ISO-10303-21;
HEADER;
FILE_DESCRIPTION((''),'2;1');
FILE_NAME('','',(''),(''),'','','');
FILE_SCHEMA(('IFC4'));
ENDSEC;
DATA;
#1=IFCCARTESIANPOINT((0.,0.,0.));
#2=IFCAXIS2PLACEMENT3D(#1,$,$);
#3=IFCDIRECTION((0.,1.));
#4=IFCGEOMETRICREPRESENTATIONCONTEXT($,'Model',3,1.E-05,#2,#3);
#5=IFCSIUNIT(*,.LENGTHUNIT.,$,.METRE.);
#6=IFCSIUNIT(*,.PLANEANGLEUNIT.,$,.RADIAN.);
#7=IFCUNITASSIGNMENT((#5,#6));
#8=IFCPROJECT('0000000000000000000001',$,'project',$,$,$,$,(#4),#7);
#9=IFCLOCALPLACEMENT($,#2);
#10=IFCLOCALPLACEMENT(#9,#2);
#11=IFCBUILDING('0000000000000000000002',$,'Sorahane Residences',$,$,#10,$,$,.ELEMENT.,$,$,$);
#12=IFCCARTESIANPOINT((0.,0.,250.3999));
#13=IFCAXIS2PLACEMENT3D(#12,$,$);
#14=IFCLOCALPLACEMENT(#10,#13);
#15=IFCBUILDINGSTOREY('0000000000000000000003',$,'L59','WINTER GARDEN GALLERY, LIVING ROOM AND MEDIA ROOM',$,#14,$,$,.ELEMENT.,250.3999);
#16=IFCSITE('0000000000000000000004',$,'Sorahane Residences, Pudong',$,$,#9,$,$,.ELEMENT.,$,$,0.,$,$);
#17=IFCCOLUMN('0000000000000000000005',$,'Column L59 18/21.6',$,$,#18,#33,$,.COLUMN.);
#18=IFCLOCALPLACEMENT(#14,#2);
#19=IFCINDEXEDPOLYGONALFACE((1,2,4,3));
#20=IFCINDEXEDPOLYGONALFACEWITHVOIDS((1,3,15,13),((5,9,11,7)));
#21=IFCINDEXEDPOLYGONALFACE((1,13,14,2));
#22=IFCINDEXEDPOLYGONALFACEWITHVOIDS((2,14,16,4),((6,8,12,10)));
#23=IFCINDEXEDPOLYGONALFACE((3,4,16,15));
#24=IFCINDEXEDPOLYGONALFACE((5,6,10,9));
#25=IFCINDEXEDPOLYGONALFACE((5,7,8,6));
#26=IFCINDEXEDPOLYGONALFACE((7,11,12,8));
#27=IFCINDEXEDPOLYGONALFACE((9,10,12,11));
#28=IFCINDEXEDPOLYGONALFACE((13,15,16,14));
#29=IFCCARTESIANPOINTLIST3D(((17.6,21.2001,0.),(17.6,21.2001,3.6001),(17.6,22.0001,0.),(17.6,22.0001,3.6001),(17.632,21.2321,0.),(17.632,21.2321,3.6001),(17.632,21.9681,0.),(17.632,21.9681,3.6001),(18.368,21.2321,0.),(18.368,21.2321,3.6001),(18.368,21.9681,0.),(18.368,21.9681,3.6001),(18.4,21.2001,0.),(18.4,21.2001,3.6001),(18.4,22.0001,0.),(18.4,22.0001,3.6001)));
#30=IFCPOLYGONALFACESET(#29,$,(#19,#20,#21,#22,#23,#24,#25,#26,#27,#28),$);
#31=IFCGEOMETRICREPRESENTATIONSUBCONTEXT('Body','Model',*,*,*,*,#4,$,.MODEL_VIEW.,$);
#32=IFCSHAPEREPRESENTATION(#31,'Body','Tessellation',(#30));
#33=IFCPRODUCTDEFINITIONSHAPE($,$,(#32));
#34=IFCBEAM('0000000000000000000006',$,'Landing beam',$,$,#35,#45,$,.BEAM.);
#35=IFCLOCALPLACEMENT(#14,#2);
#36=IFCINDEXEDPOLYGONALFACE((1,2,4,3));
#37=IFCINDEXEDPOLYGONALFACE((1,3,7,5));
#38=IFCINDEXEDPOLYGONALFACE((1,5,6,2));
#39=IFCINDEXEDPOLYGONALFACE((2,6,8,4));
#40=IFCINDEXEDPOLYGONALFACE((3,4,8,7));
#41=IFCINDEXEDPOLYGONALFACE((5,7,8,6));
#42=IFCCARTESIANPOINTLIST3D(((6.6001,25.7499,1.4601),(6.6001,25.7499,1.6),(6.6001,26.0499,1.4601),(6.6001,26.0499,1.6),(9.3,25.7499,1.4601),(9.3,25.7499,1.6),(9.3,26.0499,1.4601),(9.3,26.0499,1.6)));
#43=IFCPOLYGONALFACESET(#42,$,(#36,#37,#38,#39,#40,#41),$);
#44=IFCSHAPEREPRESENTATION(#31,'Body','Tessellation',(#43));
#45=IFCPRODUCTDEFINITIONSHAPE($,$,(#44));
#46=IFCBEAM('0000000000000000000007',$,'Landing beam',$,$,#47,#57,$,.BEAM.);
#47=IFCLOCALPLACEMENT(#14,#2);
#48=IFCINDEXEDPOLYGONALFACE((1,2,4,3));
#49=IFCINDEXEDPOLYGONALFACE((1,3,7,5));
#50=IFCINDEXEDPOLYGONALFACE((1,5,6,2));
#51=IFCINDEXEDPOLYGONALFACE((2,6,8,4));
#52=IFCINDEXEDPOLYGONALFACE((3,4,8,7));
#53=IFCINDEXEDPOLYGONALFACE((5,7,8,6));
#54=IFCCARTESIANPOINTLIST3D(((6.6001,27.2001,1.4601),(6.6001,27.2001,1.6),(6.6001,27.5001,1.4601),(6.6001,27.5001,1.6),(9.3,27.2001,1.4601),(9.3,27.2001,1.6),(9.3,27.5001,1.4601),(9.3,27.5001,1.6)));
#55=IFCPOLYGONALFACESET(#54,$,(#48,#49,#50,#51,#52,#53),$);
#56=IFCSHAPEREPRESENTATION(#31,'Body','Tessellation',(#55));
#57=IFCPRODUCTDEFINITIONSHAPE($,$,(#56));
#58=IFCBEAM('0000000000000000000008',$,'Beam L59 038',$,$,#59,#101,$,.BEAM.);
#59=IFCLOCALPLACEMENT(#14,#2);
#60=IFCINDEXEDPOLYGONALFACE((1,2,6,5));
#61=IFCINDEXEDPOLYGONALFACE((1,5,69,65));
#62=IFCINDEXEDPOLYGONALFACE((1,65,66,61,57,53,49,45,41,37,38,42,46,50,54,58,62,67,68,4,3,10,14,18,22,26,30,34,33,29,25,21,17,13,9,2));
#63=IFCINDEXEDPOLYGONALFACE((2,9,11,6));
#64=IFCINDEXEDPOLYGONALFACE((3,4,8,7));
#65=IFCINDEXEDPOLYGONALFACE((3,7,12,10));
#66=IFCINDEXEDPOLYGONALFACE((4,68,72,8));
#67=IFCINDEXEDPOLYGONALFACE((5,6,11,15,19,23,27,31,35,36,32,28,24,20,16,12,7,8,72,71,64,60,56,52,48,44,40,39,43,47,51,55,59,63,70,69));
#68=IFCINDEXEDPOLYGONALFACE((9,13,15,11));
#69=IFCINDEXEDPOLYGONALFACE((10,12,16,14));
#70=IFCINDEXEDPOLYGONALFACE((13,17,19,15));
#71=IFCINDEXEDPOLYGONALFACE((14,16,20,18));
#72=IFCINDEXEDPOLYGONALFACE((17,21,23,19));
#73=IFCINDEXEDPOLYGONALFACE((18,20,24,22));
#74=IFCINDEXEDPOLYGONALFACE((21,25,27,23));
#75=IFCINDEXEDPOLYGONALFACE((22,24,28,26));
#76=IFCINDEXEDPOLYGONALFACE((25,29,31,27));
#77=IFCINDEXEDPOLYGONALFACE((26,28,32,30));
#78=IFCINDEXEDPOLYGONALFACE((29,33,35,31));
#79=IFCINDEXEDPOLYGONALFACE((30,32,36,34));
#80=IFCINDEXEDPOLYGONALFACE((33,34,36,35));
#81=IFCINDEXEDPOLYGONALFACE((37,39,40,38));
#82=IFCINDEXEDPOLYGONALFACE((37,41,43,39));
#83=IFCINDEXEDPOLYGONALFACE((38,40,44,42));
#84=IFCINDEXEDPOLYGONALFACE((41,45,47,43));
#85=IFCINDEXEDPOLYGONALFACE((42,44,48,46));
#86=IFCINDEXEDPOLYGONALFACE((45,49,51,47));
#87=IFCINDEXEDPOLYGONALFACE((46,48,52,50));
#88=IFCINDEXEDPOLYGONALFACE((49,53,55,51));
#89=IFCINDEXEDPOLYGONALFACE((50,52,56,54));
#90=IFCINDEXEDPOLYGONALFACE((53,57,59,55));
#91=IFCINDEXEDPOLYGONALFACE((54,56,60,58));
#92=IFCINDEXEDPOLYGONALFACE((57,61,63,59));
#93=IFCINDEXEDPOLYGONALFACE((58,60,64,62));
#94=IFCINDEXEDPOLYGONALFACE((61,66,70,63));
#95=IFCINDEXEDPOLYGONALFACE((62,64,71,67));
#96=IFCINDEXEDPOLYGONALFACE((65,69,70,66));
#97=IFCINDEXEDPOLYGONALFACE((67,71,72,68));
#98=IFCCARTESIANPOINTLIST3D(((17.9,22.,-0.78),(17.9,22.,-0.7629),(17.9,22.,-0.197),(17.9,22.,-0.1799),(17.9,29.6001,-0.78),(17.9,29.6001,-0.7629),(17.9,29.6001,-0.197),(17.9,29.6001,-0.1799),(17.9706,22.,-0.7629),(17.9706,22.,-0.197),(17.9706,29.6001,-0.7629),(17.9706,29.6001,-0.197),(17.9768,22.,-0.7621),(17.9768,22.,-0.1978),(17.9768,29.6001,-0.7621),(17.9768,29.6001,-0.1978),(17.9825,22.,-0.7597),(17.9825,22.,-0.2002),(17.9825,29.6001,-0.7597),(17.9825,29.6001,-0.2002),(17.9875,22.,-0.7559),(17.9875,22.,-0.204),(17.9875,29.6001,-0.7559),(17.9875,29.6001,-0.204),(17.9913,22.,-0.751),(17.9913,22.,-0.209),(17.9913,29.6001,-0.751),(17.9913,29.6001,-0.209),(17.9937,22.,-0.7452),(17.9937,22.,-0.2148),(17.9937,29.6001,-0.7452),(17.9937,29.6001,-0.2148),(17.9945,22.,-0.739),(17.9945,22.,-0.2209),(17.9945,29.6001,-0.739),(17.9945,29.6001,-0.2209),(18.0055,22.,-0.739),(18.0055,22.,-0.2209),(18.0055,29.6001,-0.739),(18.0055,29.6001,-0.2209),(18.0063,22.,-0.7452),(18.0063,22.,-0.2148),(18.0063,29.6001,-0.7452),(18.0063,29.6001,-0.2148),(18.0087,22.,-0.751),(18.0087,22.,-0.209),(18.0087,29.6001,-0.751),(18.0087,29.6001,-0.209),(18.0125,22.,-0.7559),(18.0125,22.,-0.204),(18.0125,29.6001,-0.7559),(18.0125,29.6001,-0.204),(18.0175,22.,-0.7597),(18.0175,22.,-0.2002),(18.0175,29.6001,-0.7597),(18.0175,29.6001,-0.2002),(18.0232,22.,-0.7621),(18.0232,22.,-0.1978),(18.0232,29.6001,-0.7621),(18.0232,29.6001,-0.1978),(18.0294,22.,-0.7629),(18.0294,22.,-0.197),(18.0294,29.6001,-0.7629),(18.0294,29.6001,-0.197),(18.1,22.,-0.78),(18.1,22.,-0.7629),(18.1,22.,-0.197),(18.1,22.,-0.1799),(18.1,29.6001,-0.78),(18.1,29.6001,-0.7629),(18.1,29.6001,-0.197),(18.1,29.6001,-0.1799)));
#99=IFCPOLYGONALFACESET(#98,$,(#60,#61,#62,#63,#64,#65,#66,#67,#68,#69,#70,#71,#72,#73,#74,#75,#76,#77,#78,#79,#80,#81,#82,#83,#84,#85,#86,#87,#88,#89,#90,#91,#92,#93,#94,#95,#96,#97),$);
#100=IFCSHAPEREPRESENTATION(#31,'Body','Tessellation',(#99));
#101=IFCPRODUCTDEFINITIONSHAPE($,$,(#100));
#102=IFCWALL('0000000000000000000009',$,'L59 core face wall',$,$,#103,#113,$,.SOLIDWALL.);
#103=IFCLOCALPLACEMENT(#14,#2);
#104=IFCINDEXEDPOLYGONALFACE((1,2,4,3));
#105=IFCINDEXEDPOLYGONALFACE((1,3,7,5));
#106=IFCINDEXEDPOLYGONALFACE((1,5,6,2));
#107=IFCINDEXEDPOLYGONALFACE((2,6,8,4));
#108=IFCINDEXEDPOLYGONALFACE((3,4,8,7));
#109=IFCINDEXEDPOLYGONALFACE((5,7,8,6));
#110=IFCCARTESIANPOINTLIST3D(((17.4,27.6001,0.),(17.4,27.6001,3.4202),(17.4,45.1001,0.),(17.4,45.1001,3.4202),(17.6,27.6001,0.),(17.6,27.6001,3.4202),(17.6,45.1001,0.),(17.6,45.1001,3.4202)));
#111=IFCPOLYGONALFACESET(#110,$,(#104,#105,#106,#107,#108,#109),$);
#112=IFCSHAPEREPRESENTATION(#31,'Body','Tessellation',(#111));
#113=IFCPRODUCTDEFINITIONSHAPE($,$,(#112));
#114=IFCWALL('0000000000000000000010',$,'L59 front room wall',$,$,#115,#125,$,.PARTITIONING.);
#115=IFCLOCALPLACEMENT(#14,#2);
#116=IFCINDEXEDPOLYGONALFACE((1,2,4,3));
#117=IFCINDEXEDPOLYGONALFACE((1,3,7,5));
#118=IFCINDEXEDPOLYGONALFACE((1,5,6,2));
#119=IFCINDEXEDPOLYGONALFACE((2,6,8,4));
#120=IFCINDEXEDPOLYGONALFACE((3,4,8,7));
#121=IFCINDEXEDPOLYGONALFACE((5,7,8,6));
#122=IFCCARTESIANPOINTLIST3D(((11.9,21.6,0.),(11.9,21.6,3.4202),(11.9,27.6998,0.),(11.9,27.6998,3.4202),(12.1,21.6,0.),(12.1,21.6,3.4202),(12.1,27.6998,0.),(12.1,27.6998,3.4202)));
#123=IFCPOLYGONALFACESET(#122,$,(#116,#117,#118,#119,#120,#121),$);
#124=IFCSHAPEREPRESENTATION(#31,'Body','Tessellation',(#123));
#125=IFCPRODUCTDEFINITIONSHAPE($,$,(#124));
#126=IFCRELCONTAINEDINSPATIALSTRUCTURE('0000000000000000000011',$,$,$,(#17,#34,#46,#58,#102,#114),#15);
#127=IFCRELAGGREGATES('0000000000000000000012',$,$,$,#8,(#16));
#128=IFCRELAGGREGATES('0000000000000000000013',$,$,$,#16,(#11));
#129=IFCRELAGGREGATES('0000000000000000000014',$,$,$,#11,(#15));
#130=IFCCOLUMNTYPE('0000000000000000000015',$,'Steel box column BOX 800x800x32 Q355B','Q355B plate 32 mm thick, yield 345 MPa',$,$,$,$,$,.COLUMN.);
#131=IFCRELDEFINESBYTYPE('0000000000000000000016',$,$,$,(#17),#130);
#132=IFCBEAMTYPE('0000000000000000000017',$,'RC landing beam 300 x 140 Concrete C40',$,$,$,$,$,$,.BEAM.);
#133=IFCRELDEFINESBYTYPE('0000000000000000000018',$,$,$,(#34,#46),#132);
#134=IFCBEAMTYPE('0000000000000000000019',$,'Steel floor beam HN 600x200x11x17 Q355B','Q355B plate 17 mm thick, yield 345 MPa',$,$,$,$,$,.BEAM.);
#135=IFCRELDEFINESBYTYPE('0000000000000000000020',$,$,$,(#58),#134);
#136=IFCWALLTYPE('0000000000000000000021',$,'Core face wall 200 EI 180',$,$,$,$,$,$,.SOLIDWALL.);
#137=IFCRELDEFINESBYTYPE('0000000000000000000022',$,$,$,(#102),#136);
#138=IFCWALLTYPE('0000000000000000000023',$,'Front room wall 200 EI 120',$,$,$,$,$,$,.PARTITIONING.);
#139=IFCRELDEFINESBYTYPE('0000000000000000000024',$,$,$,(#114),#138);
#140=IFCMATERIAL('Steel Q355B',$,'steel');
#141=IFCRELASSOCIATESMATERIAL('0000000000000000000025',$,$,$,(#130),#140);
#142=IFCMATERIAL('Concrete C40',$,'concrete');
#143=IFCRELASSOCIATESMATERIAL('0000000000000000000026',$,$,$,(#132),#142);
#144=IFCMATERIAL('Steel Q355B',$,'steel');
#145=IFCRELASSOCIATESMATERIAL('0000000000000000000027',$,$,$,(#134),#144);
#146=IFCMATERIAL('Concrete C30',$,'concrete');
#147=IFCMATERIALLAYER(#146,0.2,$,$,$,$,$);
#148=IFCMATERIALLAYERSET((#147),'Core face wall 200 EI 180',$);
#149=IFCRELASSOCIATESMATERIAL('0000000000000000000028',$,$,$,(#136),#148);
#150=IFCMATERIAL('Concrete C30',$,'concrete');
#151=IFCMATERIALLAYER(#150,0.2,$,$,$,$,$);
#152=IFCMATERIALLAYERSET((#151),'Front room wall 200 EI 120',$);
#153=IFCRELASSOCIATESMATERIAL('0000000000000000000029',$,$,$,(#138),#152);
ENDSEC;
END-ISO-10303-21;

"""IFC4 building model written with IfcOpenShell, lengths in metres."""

from ifc_helpers import new_model, si_unit, direction, frame, frame_2d, origin, origin_2d, place, context, subcontext, project, spatial, rectangle, hollow_rectangle, i_section, extrude, material, layer, layer_set, material_profile, profile_set, type_object, element, save


model = new_model("IFC4")

# Units and contexts
model_context = context("Model", 3, precision=1e-05, world=origin(), true_north=direction((0.0, 1.0)))
body_context = subcontext(model_context, "Body", "Model", "MODEL_VIEW")
ifc_project = project(units=[si_unit("LENGTHUNIT", "METRE"), si_unit("PLANEANGLEUNIT", "RADIAN")], contexts=[model_context])

# Site, building, storey
site_placement = place(None, origin())
site = spatial("IfcSite", under=ifc_project, at=site_placement, Name="Sorahane Residences, Pudong", CompositionType="ELEMENT", RefElevation=0.0)
building_placement = place(site_placement, origin())
building = spatial("IfcBuilding", under=site, at=building_placement, Name="Sorahane Residences", CompositionType="ELEMENT")
storey_placement = place(building_placement, frame((0.0, 0.0, 250.3999)))
storey = spatial("IfcBuildingStorey", under=building, at=storey_placement, Name="L59", Description="WINTER GARDEN GALLERY, LIVING ROOM AND MEDIA ROOM", CompositionType="ELEMENT", Elevation=250.3999)

# Column
ifc_material_1 = material(Name="Steel Q355B", Category="steel")
ifc_material_profile_1 = material_profile(ifc_material_1, hollow_rectangle(XDim=0.8, YDim=0.8, WallThickness=0.032, at=origin_2d()), Name="BOX 800x800x32")
ifc_profile_set_1 = profile_set([ifc_material_profile_1], Name="Steel Q355B")
column_type = type_object("IfcColumnType", Name="Steel box column BOX 800x800x32 Q355B", Description="Q355B plate 32 mm thick, yield 345 MPa", PredefinedType="COLUMN", material=ifc_profile_set_1)
column_placement = place(storey_placement, frame((18.0, 21.6001, 0.0), z_axis=(0.0, 0.0, 1.0), x_axis=(1.0, 0.0, 0.0)))
element("IfcColumn", 1, at=column_placement, inside=storey, type_object=column_type, Name="Column L59 18/21.6", PredefinedType="COLUMN", context=body_context, shape_type="SweptSolid", body=[
    extrude(hollow_rectangle(XDim=0.8, YDim=0.8, WallThickness=0.032, at=origin_2d()), origin(), (0.0, 0.0, 1.0), 3.6001),
])

# Beams
ifc_material_2 = material(Name="Concrete C40", Category="concrete")
ifc_material_profile_2 = material_profile(ifc_material_2, rectangle(XDim=0.3, YDim=0.1399, at=origin_2d()), Name="300x140")
ifc_profile_set_2 = profile_set([ifc_material_profile_2], Name="Concrete C40")
beam_type_1 = type_object("IfcBeamType", Name="RC landing beam 300 x 140 Concrete C40", PredefinedType="BEAM", material=ifc_profile_set_2)
for number, where, z_axis, x_axis, name in (
    (2, (6.6001, 25.8999, 1.53), (1.0, 0.0, 0.0), (0.0, 1.0, 0.0), "Landing beam"),
    (3, (6.6001, 27.3501, 1.53), (1.0, 0.0, 0.0), (0.0, 1.0, 0.0), "Landing beam"),
):
    element("IfcBeam", number, at=place(storey_placement, frame(where, z_axis=z_axis, x_axis=x_axis)), inside=storey, type_object=beam_type_1, Name=name, PredefinedType="BEAM", context=body_context, shape_type="SweptSolid", body=[
        extrude(rectangle(XDim=0.3, YDim=0.1399, at=origin_2d()), origin(), (0.0, 0.0, 1.0), 2.7),
    ])
ifc_material_3 = material(Name="Steel Q355B", Category="steel")
ifc_material_profile_3 = material_profile(ifc_material_3, i_section(OverallWidth=0.2, OverallDepth=0.6001, WebThickness=0.011, FlangeThickness=0.0171, FilletRadius=0.0239, at=origin_2d()), Name="HN 600x200x11x17")
ifc_profile_set_3 = profile_set([ifc_material_profile_3], Name="Steel Q355B")
beam_type_2 = type_object("IfcBeamType", Name="Steel floor beam HN 600x200x11x17 Q355B", Description="Q355B plate 17 mm thick, yield 345 MPa", PredefinedType="BEAM", material=ifc_profile_set_3)
beam_placement = place(storey_placement, frame((18.0, 22.0, -0.48), z_axis=(0.0, 1.0, 0.0), x_axis=(-1.0, 0.0, 0.0)))
element("IfcBeam", 4, at=beam_placement, inside=storey, type_object=beam_type_2, Name="Beam L59 038", PredefinedType="BEAM", context=body_context, shape_type="SweptSolid", body=[
    extrude(i_section(OverallWidth=0.2, OverallDepth=0.6001, WebThickness=0.011, FlangeThickness=0.0171, FilletRadius=0.0239, at=origin_2d()), origin(), (0.0, 0.0, 1.0), 7.6001),
])

# Walls
ifc_material_4 = material(Name="Concrete C30", Category="concrete")
ifc_layer_1 = layer(ifc_material_4, 0.2)
ifc_layer_set_1 = layer_set([ifc_layer_1], Name="Core face wall 200 EI 180")
wall_type_1 = type_object("IfcWallType", Name="Core face wall 200 EI 180", PredefinedType="SOLIDWALL", material=ifc_layer_set_1)
wall_1_placement = place(storey_placement, frame((17.5, 27.6001, 0.0), z_axis=(0.0, 0.0, 1.0), x_axis=(0.0, 1.0, 0.0)))
element("IfcWall", 5, at=wall_1_placement, inside=storey, type_object=wall_type_1, Name="L59 core face wall", PredefinedType="SOLIDWALL", context=body_context, shape_type="SweptSolid", body=[
    extrude(rectangle(XDim=17.5, YDim=0.2, at=frame_2d((8.75, 0.0))), origin(), (0.0, 0.0, 1.0), 3.4202),
])
ifc_material_5 = material(Name="Concrete C30", Category="concrete")
ifc_layer_2 = layer(ifc_material_5, 0.2)
ifc_layer_set_2 = layer_set([ifc_layer_2], Name="Front room wall 200 EI 120")
wall_type_2 = type_object("IfcWallType", Name="Front room wall 200 EI 120", PredefinedType="PARTITIONING", material=ifc_layer_set_2)
wall_2_placement = place(storey_placement, frame((12.0, 21.6001, 0.0), z_axis=(0.0, 0.0, 1.0), x_axis=(0.0, 1.0, 0.0)))
element("IfcWall", 6, at=wall_2_placement, inside=storey, type_object=wall_type_2, Name="L59 front room wall", PredefinedType="PARTITIONING", context=body_context, shape_type="SweptSolid", body=[
    extrude(rectangle(XDim=6.0999, YDim=0.2, at=frame_2d((3.0498, 0.0))), origin(), (0.0, 0.0, 1.0), 3.4202),
])

save(model, "model.ifc")
